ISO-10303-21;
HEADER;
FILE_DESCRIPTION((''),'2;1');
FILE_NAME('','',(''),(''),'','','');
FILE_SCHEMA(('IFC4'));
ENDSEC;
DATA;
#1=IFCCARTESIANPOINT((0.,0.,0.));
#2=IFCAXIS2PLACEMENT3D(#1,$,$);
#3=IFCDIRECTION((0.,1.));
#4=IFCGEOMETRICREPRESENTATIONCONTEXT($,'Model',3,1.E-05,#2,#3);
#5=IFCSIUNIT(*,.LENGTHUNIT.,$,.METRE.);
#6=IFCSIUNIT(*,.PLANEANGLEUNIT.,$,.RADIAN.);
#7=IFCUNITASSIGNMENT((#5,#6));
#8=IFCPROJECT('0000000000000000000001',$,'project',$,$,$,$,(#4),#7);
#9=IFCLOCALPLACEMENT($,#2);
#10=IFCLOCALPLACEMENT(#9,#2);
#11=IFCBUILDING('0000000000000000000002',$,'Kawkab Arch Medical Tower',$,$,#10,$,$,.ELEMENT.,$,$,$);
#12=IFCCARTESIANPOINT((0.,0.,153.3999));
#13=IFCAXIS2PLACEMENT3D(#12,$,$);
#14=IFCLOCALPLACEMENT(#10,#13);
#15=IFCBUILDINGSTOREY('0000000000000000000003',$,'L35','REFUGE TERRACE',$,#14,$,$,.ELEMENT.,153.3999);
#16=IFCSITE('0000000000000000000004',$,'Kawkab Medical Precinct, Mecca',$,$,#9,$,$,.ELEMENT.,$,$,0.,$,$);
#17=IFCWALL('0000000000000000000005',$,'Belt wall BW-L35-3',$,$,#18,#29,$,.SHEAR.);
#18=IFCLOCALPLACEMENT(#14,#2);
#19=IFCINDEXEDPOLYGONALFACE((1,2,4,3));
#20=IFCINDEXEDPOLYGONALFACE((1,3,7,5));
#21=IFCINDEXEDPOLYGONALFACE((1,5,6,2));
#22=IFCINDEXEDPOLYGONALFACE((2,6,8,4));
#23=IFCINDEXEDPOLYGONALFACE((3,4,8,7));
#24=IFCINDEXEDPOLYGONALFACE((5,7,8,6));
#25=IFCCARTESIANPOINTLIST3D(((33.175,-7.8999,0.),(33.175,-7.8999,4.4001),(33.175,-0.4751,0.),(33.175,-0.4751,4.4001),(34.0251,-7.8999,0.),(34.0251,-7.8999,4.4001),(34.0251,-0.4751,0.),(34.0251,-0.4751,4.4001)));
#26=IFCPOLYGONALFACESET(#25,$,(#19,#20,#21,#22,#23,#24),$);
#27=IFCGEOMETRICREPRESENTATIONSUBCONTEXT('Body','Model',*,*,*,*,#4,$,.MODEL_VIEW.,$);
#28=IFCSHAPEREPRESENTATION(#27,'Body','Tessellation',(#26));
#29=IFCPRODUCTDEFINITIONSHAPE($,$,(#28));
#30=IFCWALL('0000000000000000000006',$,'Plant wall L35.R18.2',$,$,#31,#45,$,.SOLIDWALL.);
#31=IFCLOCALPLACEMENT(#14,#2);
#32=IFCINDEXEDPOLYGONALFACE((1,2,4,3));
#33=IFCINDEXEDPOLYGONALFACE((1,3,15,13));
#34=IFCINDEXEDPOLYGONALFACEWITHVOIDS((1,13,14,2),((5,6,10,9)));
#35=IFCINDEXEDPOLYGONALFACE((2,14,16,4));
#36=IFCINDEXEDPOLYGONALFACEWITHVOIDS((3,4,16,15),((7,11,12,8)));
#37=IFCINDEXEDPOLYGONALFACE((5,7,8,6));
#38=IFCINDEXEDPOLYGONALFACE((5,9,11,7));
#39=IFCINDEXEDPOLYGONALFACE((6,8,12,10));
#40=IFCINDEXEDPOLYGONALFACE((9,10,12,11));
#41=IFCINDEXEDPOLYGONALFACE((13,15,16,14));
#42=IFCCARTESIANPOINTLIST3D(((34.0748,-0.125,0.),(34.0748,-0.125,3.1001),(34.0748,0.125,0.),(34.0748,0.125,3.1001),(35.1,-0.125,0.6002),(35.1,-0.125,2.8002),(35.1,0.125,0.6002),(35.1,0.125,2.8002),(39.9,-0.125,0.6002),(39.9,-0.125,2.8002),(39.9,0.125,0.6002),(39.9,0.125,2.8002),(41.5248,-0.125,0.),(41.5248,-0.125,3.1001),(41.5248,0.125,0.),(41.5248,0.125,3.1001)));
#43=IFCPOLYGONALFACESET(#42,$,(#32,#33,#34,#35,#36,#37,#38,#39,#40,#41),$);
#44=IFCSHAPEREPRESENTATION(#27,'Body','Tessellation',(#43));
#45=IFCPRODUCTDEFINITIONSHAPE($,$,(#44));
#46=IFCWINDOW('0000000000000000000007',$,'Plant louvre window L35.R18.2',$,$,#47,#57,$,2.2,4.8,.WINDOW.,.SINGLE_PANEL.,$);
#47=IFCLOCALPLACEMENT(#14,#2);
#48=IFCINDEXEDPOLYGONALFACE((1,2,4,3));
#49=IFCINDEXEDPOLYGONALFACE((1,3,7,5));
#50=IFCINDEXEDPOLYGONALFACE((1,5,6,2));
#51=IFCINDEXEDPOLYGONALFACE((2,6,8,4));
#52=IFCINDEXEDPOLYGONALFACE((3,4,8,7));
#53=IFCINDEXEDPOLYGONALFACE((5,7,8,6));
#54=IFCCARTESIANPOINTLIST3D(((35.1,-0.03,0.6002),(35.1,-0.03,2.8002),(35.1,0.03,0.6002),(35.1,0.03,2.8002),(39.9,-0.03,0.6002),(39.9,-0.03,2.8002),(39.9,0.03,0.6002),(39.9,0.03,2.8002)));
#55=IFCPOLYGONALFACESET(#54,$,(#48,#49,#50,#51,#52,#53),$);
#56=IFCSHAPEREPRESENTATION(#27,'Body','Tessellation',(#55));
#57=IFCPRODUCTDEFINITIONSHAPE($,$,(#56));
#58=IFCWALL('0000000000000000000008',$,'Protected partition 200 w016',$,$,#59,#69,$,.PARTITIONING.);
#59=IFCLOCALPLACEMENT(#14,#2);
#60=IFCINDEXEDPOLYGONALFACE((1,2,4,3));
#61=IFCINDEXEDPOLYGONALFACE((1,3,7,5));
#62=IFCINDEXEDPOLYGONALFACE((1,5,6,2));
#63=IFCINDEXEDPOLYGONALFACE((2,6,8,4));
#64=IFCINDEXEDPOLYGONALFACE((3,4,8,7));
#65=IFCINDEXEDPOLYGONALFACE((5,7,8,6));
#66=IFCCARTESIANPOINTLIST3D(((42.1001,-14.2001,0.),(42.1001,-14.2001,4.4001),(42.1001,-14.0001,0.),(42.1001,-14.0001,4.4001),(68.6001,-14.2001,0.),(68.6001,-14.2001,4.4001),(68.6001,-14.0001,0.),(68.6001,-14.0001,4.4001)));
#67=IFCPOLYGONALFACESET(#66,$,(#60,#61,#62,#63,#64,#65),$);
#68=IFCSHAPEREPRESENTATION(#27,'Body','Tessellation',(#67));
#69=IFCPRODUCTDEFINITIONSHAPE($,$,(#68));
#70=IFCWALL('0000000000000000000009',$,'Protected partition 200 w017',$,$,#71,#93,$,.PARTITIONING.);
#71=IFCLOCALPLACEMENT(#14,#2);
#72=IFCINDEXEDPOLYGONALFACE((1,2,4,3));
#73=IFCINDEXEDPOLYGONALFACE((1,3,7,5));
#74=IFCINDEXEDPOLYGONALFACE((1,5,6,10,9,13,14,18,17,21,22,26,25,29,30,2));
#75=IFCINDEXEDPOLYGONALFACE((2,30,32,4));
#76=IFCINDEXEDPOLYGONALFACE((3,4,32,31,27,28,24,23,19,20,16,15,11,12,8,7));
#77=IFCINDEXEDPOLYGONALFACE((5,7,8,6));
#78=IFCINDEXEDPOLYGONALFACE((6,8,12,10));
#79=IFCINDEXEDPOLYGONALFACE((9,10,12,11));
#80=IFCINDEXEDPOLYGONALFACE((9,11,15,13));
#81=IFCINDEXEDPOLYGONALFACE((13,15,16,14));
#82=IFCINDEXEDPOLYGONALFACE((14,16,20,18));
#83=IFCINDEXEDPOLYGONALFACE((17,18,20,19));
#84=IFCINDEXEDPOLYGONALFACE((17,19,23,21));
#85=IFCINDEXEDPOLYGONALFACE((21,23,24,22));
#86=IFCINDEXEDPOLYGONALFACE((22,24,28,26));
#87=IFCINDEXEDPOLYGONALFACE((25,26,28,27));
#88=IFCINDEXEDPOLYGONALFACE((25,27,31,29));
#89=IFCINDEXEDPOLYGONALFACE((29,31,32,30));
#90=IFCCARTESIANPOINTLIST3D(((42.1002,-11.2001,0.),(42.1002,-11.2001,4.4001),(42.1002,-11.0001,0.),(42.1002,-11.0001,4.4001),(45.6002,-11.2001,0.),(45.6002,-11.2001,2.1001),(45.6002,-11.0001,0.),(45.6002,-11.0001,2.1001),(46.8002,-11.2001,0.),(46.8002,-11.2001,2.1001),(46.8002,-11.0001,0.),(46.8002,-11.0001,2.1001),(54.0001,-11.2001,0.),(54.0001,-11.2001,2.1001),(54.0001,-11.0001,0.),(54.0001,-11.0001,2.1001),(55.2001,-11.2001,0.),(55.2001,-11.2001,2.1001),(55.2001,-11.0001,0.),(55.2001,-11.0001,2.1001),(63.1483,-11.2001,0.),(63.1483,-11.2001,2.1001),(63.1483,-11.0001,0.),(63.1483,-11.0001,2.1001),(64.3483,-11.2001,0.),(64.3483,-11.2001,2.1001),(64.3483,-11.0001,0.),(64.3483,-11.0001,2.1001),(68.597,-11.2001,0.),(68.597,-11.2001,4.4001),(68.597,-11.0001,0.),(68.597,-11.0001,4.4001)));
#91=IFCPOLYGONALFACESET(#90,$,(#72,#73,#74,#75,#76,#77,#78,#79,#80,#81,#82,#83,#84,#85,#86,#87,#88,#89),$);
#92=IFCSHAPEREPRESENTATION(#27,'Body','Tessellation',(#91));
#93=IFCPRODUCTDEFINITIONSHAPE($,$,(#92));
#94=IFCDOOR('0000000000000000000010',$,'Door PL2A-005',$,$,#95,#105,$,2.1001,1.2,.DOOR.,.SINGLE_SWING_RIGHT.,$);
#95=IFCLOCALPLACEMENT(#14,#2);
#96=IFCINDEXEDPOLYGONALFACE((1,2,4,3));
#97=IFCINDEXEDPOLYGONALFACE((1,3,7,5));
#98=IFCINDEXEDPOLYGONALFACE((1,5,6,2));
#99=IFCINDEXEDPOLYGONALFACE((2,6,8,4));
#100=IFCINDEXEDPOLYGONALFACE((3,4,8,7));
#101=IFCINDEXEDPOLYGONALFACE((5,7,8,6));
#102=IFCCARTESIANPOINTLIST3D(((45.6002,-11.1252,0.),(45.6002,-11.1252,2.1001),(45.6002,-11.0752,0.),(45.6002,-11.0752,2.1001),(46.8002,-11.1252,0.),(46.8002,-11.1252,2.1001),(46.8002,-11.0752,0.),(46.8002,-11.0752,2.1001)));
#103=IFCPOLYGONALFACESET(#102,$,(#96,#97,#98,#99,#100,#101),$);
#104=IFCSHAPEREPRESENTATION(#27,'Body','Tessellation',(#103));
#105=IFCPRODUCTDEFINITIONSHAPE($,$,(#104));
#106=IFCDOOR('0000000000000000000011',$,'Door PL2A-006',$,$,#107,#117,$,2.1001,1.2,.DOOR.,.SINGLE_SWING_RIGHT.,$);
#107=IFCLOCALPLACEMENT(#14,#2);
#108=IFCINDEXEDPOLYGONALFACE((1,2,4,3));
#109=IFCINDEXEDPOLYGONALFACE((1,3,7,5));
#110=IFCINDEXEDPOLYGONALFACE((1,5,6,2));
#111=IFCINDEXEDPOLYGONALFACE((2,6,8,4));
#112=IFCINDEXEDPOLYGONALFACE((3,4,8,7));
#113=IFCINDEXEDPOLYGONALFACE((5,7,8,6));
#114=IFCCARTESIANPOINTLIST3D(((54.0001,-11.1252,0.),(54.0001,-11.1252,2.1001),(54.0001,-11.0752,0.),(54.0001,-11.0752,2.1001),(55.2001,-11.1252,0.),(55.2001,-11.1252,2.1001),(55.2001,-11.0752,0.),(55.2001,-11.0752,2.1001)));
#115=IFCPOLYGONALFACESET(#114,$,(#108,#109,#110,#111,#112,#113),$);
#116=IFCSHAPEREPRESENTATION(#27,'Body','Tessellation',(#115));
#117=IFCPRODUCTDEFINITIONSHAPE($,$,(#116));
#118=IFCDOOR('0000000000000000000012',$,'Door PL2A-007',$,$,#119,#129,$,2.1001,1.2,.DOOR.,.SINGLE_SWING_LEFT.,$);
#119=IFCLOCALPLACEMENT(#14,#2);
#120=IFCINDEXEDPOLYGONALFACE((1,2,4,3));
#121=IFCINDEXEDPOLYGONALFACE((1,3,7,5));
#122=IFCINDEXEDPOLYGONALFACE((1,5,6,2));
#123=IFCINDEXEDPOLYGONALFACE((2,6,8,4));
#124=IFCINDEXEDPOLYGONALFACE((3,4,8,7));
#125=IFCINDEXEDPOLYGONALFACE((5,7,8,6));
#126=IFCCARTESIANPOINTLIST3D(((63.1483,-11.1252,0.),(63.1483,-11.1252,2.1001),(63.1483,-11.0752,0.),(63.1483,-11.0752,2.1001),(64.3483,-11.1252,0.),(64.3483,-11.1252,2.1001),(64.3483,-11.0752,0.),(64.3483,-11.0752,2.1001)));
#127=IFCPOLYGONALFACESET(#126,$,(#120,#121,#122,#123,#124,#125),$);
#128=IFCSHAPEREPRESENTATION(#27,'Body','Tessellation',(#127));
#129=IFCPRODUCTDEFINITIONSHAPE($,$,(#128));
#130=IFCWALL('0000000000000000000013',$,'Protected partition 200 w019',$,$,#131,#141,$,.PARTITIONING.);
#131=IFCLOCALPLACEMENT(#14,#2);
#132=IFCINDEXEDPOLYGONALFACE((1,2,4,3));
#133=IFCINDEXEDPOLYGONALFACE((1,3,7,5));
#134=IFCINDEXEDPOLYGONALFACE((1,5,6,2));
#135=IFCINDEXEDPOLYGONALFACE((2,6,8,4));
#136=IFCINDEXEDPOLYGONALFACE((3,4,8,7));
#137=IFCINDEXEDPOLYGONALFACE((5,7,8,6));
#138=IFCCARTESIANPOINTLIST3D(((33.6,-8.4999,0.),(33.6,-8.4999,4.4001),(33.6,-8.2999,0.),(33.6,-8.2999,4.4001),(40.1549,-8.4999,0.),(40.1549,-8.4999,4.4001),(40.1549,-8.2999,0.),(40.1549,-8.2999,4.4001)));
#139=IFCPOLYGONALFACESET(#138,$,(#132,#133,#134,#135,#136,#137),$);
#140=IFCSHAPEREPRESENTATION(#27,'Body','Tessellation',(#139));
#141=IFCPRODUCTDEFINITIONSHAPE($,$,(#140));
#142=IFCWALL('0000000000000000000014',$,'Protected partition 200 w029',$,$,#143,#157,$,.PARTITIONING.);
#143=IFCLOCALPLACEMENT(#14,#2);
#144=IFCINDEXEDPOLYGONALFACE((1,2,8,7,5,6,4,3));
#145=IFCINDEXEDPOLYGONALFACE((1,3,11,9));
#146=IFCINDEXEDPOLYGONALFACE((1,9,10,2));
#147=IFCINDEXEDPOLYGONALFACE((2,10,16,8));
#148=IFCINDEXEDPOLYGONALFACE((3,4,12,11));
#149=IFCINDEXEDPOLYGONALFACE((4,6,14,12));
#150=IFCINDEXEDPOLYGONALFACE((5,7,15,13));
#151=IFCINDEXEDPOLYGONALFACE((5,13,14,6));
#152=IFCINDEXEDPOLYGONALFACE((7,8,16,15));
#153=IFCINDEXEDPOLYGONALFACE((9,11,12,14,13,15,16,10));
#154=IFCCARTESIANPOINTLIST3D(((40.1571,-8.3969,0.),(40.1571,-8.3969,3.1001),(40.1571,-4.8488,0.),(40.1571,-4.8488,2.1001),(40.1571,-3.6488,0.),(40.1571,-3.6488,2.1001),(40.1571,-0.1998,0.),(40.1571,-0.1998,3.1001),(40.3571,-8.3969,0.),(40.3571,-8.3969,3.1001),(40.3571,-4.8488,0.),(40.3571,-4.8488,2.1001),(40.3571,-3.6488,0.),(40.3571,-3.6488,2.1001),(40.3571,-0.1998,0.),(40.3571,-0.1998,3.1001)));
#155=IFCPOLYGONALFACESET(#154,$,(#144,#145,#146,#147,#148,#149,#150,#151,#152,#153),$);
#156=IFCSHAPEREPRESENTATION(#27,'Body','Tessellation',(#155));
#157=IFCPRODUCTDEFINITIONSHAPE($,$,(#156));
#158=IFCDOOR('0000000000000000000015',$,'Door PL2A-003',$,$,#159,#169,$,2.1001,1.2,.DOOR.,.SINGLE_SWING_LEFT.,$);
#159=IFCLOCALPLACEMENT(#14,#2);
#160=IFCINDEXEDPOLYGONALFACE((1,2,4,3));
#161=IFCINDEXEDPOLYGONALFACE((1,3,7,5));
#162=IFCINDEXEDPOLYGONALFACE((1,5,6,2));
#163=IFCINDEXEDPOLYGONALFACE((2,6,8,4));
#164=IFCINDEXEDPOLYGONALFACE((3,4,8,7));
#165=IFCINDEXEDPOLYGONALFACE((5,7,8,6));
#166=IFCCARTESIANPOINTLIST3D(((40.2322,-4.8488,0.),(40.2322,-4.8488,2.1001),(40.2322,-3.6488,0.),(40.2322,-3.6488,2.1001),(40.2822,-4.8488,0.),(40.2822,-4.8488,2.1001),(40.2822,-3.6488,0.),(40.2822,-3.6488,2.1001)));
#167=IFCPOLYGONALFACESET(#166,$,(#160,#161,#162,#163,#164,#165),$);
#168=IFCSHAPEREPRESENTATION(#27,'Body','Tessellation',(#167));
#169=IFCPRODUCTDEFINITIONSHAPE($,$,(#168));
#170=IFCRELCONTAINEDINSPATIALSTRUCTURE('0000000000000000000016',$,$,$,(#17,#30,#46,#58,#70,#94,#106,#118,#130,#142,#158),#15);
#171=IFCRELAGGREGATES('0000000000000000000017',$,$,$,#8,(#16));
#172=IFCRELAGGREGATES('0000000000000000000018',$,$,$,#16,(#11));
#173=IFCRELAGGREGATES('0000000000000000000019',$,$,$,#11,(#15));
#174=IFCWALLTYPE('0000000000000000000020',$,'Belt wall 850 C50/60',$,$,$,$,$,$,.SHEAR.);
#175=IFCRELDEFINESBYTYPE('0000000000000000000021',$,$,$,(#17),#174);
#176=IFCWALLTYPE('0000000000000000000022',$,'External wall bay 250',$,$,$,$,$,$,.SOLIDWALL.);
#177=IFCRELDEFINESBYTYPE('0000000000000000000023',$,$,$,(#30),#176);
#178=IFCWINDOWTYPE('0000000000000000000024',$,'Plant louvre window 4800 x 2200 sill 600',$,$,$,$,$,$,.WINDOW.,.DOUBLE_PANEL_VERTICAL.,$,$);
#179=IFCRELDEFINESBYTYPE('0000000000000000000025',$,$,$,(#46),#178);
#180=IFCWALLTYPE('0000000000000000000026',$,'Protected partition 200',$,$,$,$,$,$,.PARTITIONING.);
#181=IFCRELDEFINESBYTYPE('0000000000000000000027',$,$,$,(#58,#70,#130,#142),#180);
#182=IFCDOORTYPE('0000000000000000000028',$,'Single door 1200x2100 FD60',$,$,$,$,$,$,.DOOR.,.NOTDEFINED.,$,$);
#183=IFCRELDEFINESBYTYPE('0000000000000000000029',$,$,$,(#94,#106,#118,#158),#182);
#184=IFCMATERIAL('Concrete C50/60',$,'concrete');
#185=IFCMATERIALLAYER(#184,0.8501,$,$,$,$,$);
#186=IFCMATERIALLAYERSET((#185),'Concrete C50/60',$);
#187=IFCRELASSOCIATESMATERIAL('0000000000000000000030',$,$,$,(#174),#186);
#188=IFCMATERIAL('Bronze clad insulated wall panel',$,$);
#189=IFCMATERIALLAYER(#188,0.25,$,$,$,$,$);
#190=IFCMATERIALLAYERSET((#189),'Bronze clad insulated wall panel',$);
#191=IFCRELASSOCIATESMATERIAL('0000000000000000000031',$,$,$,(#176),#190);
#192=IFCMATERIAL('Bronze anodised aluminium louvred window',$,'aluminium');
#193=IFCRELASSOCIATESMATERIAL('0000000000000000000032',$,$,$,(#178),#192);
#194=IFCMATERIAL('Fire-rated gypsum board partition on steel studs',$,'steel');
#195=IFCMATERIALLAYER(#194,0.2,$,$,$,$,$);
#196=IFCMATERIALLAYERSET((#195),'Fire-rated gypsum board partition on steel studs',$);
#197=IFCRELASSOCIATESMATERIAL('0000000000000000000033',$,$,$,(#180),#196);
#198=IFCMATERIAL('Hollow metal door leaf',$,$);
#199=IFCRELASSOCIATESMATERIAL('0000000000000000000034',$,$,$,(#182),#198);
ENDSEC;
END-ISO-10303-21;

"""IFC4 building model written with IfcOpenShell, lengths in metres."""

from ifc_helpers import new_model, si_unit, direction, frame, frame_2d, origin, place, context, subcontext, project, spatial, rectangle, extrude, material, layer, layer_set, type_object, element, fill, save


model = new_model("IFC4")

# Units and contexts
model_context = context("Model", 3, precision=1e-05, world=origin(), true_north=direction((0.0, 1.0)))
body_context = subcontext(model_context, "Body", "Model", "MODEL_VIEW")
ifc_project = project(units=[si_unit("LENGTHUNIT", "METRE"), si_unit("PLANEANGLEUNIT", "RADIAN")], contexts=[model_context])

# Site, building, storey
site_placement = place(None, origin())
site = spatial("IfcSite", under=ifc_project, at=site_placement, Name="Kawkab Medical Precinct, Mecca", CompositionType="ELEMENT", RefElevation=0.0)
building_placement = place(site_placement, origin())
building = spatial("IfcBuilding", under=site, at=building_placement, Name="Kawkab Arch Medical Tower", CompositionType="ELEMENT")
storey_placement = place(building_placement, frame((0.0, 0.0, 153.3999)))
storey = spatial("IfcBuildingStorey", under=building, at=storey_placement, Name="L35", Description="REFUGE TERRACE", CompositionType="ELEMENT", Elevation=153.3999)

# Shared definitions
placement = place(storey_placement, frame((33.6001, -8.3999, 0.0), z_axis=(0.0, 0.0, 1.0), x_axis=(1.0, 0.0, 0.0)))

# Wall
ifc_material_1 = material(Name="Concrete C50/60", Category="concrete")
ifc_layer_1 = layer(ifc_material_1, 0.8501)
ifc_layer_set_1 = layer_set([ifc_layer_1], Name="Concrete C50/60")
wall_type_1 = type_object("IfcWallType", Name="Belt wall 850 C50/60", PredefinedType="SHEAR", material=ifc_layer_set_1)
wall_1_placement = place(storey_placement, frame((33.6001, -0.4751, 0.0), z_axis=(0.0, 0.0, 1.0), x_axis=(0.0, -1.0, 0.0)))
element("IfcWall", 1, at=wall_1_placement, inside=storey, type_object=wall_type_1, Name="Belt wall BW-L35-3", PredefinedType="SHEAR", context=body_context, shape_type="SweptSolid", body=[
    extrude(rectangle(XDim=7.4248, YDim=0.8501, at=frame_2d((3.7124, 0.0))), origin(), (0.0, 0.0, 1.0), 4.4001),
])

# Wall, opening, window
ifc_material_2 = material(Name="Bronze clad insulated wall panel")
ifc_layer_2 = layer(ifc_material_2, 0.25)
ifc_layer_set_2 = layer_set([ifc_layer_2], Name="Bronze clad insulated wall panel")
wall_type_2 = type_object("IfcWallType", Name="External wall bay 250", PredefinedType="SOLIDWALL", material=ifc_layer_set_2)
wall_2_placement = place(storey_placement, frame((41.5249, 0.0, 0.0), z_axis=(0.0, 0.0, 1.0), x_axis=(-1.0, 0.0, 0.0)))
wall_2 = element("IfcWall", 2, at=wall_2_placement, inside=storey, type_object=wall_type_2, Name="Plant wall L35.R18.2", PredefinedType="SOLIDWALL", context=body_context, shape_type="SweptSolid", body=[
    extrude(rectangle(XDim=7.45, YDim=0.25, at=frame_2d((3.7251, 0.0))), origin(), (0.0, 0.0, 1.0), 3.1001),
])
opening_1_placement = place(wall_2_placement, frame((1.625, 0.0, 0.6001)))
opening_1 = element("IfcOpeningElement", 3, at=opening_1_placement, cuts=wall_2, PredefinedType="OPENING", context=body_context, shape_type="SweptSolid", body=[
    extrude(rectangle(XDim=4.8, YDim=2.2, at=frame_2d((2.3999, 1.1001))), frame((0.0, 0.135, 0.0), z_axis=(0.0, -1.0, 0.0), x_axis=(1.0, 0.0, 0.0)), (0.0, 0.0, 1.0), 0.27),
])
ifc_material_3 = material(Name="Bronze anodised aluminium louvred window", Category="aluminium")
window_type = type_object("IfcWindowType", Name="Plant louvre window 4800 x 2200 sill 600", PartitioningType="DOUBLE_PANEL_VERTICAL", PredefinedType="WINDOW", material=ifc_material_3)
window_placement = place(opening_1_placement, origin())
window = element("IfcWindow", 4, at=window_placement, inside=storey, type_object=window_type, Name="Plant louvre window L35.R18.2", OverallHeight=2.2, OverallWidth=4.8, PartitioningType="SINGLE_PANEL", PredefinedType="WINDOW", context=body_context, shape_type="SweptSolid", body=[
    extrude(rectangle(XDim=4.8, YDim=2.2, at=frame_2d((2.3999, 1.1001))), frame((0.0, 0.03, 0.0), z_axis=(0.0, -1.0, 0.0), x_axis=(1.0, 0.0, 0.0)), (0.0, 0.0, 1.0), 0.0601),
])
fill(opening_1, window)

# Wall
ifc_material_4 = material(Name="Fire-rated gypsum board partition on steel studs", Category="steel")
ifc_layer_3 = layer(ifc_material_4, 0.2)
ifc_layer_set_3 = layer_set([ifc_layer_3], Name="Fire-rated gypsum board partition on steel studs")
wall_type_3 = type_object("IfcWallType", Name="Protected partition 200", PredefinedType="PARTITIONING", material=ifc_layer_set_3)
wall_3_placement = place(storey_placement, frame((42.1001, -14.1001, 0.0), z_axis=(0.0, 0.0, 1.0), x_axis=(1.0, 0.0, 0.0)))
element("IfcWall", 5, at=wall_3_placement, inside=storey, type_object=wall_type_3, Name="Protected partition 200 w016", PredefinedType="PARTITIONING", context=body_context, shape_type="SweptSolid", body=[
    extrude(rectangle(XDim=26.5, YDim=0.2, at=frame_2d((13.25, 0.0))), origin(), (0.0, 0.0, 1.0), 4.4001),
])

# Wall, openings, doors
wall_4_placement = place(storey_placement, frame((42.1001, -11.1001, 0.0), z_axis=(0.0, 0.0, 1.0), x_axis=(1.0, 0.0, 0.0)))
wall_4 = element("IfcWall", 6, at=wall_4_placement, inside=storey, type_object=wall_type_3, Name="Protected partition 200 w017", PredefinedType="PARTITIONING", context=body_context, shape_type="SweptSolid", body=[
    extrude(rectangle(XDim=26.4968, YDim=0.2, at=frame_2d((13.2485, 0.0))), origin(), (0.0, 0.0, 1.0), 4.4001),
])
opening_2_placement = place(wall_4_placement, frame((3.5, 0.0, 0.0)))
opening_2 = element("IfcOpeningElement", 7, at=opening_2_placement, cuts=wall_4, PredefinedType="OPENING", context=body_context, shape_type="SweptSolid", body=[
    extrude(rectangle(XDim=1.2, YDim=2.1001, at=frame_2d((0.6001, 1.05))), frame((0.0, 0.1099, 0.0), z_axis=(0.0, -1.0, 0.0), x_axis=(1.0, 0.0, 0.0)), (0.0, 0.0, 1.0), 0.22),
])
opening_3_placement = place(wall_4_placement, frame((11.8999, 0.0, 0.0)))
opening_3 = element("IfcOpeningElement", 8, at=opening_3_placement, cuts=wall_4, PredefinedType="OPENING", context=body_context, shape_type="SweptSolid", body=[
    extrude(rectangle(XDim=1.2, YDim=2.1001, at=frame_2d((0.6001, 1.05))), frame((0.0, 0.1099, 0.0), z_axis=(0.0, -1.0, 0.0), x_axis=(1.0, 0.0, 0.0)), (0.0, 0.0, 1.0), 0.22),
])
opening_4_placement = place(wall_4_placement, frame((21.0481, 0.0, 0.0)))
opening_4 = element("IfcOpeningElement", 9, at=opening_4_placement, cuts=wall_4, PredefinedType="OPENING", context=body_context, shape_type="SweptSolid", body=[
    extrude(rectangle(XDim=1.2, YDim=2.1001, at=frame_2d((0.6001, 1.05))), frame((0.0, 0.1099, 0.0), z_axis=(0.0, -1.0, 0.0), x_axis=(1.0, 0.0, 0.0)), (0.0, 0.0, 1.0), 0.22),
])
ifc_material_5 = material(Name="Hollow metal door leaf")
door_type_1 = type_object("IfcDoorType", Name="Single door 1200x2100 FD60", OperationType="NOTDEFINED", PredefinedType="DOOR", material=ifc_material_5)
door_1_placement = place(opening_2_placement, origin())
door_1 = element("IfcDoor", 10, at=door_1_placement, inside=storey, type_object=door_type_1, Name="Door PL2A-005", OperationType="SINGLE_SWING_RIGHT", OverallHeight=2.1001, OverallWidth=1.2, PredefinedType="DOOR", context=body_context, shape_type="SweptSolid", body=[
    extrude(rectangle(XDim=1.2, YDim=2.1001, at=frame_2d((0.6001, 1.05))), frame((0.0, 0.0249, 0.0), z_axis=(0.0, -1.0, 0.0), x_axis=(1.0, 0.0, 0.0)), (0.0, 0.0, 1.0), 0.05),
])
fill(opening_2, door_1)
door_2_placement = place(opening_3_placement, origin())
door_2 = element("IfcDoor", 11, at=door_2_placement, inside=storey, type_object=door_type_1, Name="Door PL2A-006", OperationType="SINGLE_SWING_RIGHT", OverallHeight=2.1001, OverallWidth=1.2, PredefinedType="DOOR", context=body_context, shape_type="SweptSolid", body=[
    extrude(rectangle(XDim=1.2, YDim=2.1001, at=frame_2d((0.6001, 1.05))), frame((0.0, 0.0249, 0.0), z_axis=(0.0, -1.0, 0.0), x_axis=(1.0, 0.0, 0.0)), (0.0, 0.0, 1.0), 0.05),
])
fill(opening_3, door_2)
door_3_placement = place(opening_4_placement, origin())
door_3 = element("IfcDoor", 12, at=door_3_placement, inside=storey, type_object=door_type_1, Name="Door PL2A-007", OperationType="SINGLE_SWING_LEFT", OverallHeight=2.1001, OverallWidth=1.2, PredefinedType="DOOR", context=body_context, shape_type="SweptSolid", body=[
    extrude(rectangle(XDim=1.2, YDim=2.1001, at=frame_2d((0.6001, 1.05))), frame((0.0, 0.0249, 0.0), z_axis=(0.0, -1.0, 0.0), x_axis=(1.0, 0.0, 0.0)), (0.0, 0.0, 1.0), 0.05),
])
fill(opening_4, door_3)

# Wall
element("IfcWall", 13, at=placement, inside=storey, type_object=wall_type_3, Name="Protected partition 200 w019", PredefinedType="PARTITIONING", context=body_context, shape_type="SweptSolid", body=[
    extrude(rectangle(XDim=6.5549, YDim=0.2, at=frame_2d((3.2773, 0.0))), origin(), (0.0, 0.0, 1.0), 4.4001),
])

# Wall, opening, door
wall_5_placement = place(storey_placement, frame((40.2571, -8.397, 0.0), z_axis=(0.0, 0.0, 1.0), x_axis=(0.0, 1.0, 0.0)))
wall_5 = element("IfcWall", 14, at=wall_5_placement, inside=storey, type_object=wall_type_3, Name="Protected partition 200 w029", PredefinedType="PARTITIONING", context=body_context, shape_type="SweptSolid", body=[
    extrude(rectangle(XDim=8.197, YDim=0.2, at=frame_2d((4.0986, 0.0))), origin(), (0.0, 0.0, 1.0), 3.1001),
])
opening_5_placement = place(wall_5_placement, frame((3.5481, 0.0, 0.0)))
opening_5 = element("IfcOpeningElement", 15, at=opening_5_placement, cuts=wall_5, PredefinedType="OPENING", context=body_context, shape_type="SweptSolid", body=[
    extrude(rectangle(XDim=1.2, YDim=2.1001, at=frame_2d((0.6001, 1.05))), frame((0.0, 0.1099, 0.0), z_axis=(0.0, -1.0, 0.0), x_axis=(1.0, 0.0, 0.0)), (0.0, 0.0, 1.0), 0.22),
])
door_4_placement = place(opening_5_placement, origin())
door_4 = element("IfcDoor", 16, at=door_4_placement, inside=storey, type_object=door_type_1, Name="Door PL2A-003", OperationType="SINGLE_SWING_LEFT", OverallHeight=2.1001, OverallWidth=1.2, PredefinedType="DOOR", context=body_context, shape_type="SweptSolid", body=[
    extrude(rectangle(XDim=1.2, YDim=2.1001, at=frame_2d((0.6001, 1.05))), frame((0.0, 0.0249, 0.0), z_axis=(0.0, -1.0, 0.0), x_axis=(1.0, 0.0, 0.0)), (0.0, 0.0, 1.0), 0.05),
])
fill(opening_5, door_4)

save(model, "model.ifc")
